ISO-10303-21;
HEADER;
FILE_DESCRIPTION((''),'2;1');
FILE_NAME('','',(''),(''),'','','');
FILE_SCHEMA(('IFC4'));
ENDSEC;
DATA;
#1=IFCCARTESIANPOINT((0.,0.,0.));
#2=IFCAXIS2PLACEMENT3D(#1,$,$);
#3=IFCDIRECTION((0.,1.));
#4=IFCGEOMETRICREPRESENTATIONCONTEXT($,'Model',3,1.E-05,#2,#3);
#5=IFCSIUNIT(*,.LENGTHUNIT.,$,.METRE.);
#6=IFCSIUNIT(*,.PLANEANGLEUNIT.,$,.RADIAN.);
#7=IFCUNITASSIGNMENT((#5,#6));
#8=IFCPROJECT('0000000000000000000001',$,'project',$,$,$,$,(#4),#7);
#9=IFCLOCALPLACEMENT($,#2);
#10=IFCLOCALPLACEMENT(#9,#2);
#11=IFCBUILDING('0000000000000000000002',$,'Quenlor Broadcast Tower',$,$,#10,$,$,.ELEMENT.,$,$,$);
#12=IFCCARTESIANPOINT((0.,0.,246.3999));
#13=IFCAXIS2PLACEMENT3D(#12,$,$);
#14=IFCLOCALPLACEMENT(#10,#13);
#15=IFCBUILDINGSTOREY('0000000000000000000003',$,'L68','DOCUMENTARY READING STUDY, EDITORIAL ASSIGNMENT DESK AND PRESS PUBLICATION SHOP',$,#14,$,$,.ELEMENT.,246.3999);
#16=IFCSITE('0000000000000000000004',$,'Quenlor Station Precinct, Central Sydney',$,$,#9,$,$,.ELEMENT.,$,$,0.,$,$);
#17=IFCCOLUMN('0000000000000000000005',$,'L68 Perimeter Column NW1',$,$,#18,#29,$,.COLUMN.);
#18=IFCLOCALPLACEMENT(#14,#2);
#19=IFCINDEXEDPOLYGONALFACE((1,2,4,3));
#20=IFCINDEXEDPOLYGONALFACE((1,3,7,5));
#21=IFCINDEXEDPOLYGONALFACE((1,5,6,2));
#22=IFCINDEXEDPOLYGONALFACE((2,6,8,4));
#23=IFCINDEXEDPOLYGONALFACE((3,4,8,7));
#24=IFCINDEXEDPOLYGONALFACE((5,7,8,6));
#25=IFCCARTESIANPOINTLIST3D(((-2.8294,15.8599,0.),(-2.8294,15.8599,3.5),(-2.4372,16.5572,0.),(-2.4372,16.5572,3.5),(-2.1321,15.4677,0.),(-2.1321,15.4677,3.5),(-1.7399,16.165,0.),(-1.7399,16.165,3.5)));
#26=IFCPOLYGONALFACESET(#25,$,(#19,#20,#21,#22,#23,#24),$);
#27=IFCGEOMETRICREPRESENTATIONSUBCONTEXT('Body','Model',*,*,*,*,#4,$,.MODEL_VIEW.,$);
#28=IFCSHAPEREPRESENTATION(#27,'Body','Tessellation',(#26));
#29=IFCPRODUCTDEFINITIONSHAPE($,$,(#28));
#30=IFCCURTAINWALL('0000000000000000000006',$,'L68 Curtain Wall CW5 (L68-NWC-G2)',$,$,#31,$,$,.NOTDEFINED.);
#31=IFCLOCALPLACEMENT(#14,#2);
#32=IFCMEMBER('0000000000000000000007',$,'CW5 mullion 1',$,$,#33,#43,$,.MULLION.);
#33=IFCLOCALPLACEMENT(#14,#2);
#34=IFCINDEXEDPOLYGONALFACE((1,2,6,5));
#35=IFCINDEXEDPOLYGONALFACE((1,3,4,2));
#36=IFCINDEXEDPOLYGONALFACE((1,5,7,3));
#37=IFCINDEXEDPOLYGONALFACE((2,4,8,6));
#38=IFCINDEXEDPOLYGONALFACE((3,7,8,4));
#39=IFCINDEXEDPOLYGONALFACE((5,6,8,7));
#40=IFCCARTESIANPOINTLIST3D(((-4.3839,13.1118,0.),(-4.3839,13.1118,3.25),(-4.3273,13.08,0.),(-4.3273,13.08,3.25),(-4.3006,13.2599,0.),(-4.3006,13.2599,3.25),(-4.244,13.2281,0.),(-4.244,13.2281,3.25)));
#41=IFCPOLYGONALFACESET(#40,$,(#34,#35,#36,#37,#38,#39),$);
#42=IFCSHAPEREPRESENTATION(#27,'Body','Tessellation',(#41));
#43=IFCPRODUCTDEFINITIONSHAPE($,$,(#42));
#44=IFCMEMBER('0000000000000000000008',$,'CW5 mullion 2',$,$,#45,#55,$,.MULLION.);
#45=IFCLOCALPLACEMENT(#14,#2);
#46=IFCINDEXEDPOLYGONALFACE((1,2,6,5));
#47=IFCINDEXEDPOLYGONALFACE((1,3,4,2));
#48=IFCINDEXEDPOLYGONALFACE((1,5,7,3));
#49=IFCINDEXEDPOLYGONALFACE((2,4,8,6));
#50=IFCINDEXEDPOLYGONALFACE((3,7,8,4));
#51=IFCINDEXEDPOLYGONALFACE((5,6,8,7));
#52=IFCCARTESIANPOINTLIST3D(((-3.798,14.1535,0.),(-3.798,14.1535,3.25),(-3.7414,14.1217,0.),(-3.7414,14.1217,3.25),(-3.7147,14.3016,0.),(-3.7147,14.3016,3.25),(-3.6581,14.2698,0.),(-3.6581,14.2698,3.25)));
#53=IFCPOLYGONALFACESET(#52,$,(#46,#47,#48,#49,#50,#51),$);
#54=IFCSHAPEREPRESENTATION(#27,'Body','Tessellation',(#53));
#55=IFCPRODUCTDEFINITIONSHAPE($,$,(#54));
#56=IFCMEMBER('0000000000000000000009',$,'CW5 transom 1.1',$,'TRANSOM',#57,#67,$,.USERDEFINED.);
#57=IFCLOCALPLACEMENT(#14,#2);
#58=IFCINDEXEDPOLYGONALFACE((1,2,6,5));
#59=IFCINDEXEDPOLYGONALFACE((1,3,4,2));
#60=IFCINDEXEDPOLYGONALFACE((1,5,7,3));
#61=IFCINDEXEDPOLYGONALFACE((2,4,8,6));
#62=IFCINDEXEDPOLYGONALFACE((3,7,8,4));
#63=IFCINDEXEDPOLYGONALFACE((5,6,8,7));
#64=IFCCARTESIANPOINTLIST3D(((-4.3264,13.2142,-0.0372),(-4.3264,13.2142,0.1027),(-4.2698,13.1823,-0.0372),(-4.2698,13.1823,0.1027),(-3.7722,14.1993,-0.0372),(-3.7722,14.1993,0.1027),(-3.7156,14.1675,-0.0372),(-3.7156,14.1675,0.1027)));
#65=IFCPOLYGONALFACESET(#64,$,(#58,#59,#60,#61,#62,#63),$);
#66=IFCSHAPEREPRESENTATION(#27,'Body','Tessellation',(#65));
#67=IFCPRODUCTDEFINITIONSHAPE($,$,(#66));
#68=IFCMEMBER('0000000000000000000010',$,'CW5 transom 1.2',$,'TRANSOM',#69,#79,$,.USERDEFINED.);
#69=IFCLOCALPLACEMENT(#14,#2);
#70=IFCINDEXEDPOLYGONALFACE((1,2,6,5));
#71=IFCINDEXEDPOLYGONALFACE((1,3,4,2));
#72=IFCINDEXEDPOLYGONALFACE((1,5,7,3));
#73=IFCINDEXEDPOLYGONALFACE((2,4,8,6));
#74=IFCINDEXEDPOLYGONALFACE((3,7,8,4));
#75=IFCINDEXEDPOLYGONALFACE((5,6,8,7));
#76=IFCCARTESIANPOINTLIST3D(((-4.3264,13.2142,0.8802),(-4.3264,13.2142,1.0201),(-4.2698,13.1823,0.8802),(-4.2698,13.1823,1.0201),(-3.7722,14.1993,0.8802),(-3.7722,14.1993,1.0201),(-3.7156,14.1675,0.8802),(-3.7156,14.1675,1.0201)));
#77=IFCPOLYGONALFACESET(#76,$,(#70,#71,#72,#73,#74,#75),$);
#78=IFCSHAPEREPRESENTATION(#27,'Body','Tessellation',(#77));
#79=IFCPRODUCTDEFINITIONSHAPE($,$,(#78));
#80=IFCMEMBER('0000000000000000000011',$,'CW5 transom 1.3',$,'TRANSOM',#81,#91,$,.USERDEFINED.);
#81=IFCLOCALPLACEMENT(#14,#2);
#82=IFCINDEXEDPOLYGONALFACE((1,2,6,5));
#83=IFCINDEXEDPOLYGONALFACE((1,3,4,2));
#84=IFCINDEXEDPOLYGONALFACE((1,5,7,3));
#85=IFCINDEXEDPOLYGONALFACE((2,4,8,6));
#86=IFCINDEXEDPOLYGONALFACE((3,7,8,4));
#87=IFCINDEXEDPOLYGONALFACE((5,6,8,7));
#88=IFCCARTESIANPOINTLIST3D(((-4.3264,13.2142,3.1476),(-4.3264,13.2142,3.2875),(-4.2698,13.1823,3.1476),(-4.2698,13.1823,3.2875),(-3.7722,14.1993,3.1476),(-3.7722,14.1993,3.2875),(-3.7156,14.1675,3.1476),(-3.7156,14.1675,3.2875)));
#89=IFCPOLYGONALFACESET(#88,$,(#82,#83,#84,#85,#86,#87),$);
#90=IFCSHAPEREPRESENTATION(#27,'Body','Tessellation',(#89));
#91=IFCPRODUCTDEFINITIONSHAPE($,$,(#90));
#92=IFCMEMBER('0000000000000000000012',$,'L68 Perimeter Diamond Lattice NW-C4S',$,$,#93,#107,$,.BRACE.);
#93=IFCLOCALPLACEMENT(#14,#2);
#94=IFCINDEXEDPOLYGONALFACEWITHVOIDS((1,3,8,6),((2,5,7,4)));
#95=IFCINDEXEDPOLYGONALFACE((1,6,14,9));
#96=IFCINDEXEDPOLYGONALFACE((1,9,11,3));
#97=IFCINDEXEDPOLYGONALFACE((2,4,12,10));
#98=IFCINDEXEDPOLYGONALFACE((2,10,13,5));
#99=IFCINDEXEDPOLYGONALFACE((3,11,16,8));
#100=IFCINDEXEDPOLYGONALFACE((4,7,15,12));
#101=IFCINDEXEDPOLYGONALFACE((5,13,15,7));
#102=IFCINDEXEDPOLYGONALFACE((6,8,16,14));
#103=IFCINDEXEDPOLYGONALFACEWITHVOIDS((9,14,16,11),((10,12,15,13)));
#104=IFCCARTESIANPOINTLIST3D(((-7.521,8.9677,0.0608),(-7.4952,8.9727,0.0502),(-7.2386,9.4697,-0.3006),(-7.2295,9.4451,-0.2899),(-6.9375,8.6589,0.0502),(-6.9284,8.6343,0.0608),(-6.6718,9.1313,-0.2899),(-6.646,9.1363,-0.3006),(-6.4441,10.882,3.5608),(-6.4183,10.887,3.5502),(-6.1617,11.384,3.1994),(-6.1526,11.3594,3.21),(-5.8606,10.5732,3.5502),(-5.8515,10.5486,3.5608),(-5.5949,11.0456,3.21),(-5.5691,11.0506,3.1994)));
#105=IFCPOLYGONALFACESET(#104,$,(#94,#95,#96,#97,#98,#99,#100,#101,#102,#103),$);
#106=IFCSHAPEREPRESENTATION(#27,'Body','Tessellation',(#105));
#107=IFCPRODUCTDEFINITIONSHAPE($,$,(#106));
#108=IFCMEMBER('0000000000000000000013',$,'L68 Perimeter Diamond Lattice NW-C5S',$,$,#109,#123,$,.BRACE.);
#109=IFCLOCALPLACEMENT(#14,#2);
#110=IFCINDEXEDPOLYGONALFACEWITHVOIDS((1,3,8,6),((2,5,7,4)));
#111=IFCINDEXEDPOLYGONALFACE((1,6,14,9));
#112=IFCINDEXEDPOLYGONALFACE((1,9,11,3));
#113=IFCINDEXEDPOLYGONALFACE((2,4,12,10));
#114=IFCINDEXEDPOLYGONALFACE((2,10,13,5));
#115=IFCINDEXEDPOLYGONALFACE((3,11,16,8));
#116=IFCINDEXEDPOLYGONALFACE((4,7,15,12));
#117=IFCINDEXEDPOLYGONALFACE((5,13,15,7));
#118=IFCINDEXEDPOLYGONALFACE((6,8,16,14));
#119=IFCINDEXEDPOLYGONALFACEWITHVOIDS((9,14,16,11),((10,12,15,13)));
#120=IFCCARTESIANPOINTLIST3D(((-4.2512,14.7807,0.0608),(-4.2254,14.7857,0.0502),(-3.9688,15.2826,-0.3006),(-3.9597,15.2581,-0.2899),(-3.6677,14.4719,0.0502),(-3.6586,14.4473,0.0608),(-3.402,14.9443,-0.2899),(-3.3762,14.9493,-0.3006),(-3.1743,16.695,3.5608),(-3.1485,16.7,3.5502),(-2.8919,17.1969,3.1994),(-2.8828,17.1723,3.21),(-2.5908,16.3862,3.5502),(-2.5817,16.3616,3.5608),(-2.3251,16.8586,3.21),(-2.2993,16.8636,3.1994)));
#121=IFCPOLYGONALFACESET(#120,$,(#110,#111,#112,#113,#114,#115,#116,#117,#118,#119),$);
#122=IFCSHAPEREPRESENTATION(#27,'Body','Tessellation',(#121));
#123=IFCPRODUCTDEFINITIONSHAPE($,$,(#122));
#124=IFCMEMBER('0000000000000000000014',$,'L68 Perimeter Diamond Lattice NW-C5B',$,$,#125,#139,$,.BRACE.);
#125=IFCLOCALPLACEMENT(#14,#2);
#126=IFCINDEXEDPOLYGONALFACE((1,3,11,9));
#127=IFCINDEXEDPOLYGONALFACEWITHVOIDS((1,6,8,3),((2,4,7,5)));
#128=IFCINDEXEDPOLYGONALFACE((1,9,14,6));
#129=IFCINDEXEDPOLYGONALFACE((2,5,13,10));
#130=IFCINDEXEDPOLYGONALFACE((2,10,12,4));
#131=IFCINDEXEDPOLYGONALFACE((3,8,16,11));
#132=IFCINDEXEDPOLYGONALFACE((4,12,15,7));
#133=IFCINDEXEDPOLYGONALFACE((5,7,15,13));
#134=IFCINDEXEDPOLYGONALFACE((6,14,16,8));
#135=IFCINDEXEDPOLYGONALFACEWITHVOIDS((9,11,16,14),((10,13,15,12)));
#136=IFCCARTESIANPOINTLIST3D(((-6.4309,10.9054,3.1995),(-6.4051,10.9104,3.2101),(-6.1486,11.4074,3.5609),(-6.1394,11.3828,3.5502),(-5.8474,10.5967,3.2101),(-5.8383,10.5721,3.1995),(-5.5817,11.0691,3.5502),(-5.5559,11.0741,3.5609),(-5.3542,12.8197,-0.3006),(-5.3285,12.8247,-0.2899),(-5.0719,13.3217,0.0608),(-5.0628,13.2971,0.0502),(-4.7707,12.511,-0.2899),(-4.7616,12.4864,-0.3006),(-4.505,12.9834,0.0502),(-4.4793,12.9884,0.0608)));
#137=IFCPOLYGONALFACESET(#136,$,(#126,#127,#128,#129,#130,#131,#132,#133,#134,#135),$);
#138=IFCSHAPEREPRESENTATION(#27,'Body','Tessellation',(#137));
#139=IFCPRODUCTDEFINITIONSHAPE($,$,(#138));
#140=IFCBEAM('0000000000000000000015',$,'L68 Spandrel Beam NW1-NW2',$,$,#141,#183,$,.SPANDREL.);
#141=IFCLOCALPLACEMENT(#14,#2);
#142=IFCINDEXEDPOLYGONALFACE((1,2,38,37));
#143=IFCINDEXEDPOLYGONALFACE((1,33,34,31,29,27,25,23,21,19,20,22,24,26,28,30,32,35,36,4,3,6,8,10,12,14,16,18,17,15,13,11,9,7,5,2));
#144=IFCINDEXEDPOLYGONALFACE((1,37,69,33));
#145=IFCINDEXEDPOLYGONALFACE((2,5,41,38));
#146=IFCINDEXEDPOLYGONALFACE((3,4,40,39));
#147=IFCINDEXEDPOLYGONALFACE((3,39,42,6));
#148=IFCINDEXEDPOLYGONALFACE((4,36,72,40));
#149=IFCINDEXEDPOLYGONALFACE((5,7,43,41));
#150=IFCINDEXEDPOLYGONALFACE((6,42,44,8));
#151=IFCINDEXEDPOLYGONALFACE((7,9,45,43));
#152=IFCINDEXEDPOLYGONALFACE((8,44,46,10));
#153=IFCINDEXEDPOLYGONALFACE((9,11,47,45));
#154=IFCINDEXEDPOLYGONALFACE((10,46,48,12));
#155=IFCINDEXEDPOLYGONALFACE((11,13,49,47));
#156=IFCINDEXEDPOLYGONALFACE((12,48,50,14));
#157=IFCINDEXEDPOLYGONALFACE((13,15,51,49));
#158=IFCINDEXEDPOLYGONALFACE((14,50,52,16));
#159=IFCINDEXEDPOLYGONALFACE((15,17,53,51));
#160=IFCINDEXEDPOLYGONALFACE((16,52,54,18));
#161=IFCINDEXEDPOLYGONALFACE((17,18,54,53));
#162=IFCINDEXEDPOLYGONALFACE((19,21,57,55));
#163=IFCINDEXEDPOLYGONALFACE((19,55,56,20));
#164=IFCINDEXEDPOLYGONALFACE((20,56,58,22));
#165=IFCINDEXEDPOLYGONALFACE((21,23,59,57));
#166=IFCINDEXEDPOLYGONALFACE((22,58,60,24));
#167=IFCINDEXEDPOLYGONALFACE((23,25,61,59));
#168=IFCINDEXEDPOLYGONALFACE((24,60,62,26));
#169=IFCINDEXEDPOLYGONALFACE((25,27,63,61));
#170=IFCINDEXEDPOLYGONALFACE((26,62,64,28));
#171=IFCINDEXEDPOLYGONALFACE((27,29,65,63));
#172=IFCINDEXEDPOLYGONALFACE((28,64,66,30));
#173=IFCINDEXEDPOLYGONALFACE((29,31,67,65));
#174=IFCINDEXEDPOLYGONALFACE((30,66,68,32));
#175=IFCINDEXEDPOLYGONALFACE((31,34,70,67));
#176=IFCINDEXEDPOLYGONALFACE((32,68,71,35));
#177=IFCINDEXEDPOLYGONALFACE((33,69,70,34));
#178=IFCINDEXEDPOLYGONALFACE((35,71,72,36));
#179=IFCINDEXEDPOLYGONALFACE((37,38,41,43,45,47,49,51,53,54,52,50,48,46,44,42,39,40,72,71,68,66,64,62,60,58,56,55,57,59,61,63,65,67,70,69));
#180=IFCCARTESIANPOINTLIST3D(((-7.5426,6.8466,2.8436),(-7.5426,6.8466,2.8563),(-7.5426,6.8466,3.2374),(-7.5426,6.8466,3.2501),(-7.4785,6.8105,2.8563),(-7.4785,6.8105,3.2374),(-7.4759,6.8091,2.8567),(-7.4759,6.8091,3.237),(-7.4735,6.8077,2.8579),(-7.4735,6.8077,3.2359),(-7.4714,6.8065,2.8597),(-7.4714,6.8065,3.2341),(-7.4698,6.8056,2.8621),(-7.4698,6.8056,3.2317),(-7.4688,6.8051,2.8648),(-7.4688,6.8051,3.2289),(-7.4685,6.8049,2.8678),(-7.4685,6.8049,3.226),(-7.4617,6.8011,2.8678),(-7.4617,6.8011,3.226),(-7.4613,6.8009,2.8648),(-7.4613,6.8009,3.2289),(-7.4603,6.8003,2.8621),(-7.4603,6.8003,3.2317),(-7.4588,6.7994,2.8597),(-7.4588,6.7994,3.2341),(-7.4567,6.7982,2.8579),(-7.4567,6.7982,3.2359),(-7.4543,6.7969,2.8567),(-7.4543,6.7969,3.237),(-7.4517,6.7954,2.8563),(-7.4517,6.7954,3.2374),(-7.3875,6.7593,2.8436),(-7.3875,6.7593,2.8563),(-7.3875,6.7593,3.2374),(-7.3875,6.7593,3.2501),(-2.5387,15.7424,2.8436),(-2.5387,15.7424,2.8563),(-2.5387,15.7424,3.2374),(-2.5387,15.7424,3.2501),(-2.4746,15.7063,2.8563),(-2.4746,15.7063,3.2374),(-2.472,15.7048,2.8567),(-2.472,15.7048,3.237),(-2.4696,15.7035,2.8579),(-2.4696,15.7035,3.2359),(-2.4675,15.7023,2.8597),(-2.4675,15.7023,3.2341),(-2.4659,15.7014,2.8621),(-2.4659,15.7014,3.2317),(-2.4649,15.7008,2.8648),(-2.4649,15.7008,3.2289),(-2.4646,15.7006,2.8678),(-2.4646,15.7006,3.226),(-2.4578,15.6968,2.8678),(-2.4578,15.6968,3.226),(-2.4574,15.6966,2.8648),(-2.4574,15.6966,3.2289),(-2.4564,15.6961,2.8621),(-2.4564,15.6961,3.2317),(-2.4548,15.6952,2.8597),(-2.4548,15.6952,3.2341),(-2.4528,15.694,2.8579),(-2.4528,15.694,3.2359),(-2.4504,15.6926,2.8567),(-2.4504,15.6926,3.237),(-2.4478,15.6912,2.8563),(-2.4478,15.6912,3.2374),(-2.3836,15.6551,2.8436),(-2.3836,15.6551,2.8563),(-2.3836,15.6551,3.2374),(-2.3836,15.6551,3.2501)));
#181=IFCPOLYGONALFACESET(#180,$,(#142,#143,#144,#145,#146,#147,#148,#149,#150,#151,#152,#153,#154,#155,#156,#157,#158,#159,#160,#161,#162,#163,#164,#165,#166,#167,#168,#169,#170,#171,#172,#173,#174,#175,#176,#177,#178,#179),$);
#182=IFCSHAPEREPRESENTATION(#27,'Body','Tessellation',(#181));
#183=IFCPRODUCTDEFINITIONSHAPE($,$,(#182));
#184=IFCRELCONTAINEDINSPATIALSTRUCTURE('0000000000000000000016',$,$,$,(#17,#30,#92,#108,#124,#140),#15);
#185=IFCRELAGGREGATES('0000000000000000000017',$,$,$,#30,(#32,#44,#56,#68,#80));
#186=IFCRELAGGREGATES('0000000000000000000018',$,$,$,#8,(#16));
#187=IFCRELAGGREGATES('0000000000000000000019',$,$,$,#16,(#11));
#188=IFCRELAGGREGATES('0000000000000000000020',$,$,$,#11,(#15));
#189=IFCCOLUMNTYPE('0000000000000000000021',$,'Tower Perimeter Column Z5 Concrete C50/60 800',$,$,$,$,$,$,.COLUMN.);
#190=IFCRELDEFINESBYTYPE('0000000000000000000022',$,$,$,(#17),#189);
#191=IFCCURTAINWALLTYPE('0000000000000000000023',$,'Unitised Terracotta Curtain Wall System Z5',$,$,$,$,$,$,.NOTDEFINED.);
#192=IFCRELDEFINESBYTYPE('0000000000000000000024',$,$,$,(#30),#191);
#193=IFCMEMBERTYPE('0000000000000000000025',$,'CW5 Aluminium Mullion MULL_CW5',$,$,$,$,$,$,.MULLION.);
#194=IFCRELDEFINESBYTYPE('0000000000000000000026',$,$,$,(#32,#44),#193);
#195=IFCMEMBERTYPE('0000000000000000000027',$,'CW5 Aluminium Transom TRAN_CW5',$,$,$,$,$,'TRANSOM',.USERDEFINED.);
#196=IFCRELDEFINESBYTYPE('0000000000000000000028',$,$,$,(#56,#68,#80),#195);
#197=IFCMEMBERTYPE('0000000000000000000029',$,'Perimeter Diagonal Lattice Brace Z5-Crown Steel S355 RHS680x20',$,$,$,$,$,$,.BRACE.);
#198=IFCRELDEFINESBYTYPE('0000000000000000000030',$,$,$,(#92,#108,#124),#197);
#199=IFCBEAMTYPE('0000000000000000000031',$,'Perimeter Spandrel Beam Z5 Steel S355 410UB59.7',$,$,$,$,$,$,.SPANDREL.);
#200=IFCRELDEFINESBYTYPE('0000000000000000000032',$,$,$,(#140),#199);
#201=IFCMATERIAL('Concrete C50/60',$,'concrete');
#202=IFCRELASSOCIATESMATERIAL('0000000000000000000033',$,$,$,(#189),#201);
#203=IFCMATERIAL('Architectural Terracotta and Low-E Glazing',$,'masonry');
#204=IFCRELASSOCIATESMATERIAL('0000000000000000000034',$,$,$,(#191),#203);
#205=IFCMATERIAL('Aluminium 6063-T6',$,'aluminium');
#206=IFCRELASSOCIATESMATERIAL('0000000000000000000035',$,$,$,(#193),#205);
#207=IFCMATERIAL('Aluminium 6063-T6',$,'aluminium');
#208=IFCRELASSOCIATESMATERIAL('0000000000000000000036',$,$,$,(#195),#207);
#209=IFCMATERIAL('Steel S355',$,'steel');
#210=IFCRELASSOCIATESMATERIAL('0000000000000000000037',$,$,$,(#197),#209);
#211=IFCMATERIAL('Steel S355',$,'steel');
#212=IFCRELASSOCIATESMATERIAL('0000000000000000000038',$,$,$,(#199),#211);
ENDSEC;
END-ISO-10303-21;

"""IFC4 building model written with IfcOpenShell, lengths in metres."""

from ifc_helpers import new_model, si_unit, direction, frame, origin, origin_2d, place, context, subcontext, project, spatial, rectangle, hollow_rectangle, i_section, extrude, material, material_profile, profile_set, type_object, element, aggregate, save


model = new_model("IFC4")

# Units and contexts
model_context = context("Model", 3, precision=1e-05, world=origin(), true_north=direction((0.0, 1.0)))
body_context = subcontext(model_context, "Body", "Model", "MODEL_VIEW")
ifc_project = project(units=[si_unit("LENGTHUNIT", "METRE"), si_unit("PLANEANGLEUNIT", "RADIAN")], contexts=[model_context])

# Site, building, storey
site_placement = place(None, origin())
site = spatial("IfcSite", under=ifc_project, at=site_placement, Name="Quenlor Station Precinct, Central Sydney", CompositionType="ELEMENT", RefElevation=0.0)
building_placement = place(site_placement, origin())
building = spatial("IfcBuilding", under=site, at=building_placement, Name="Quenlor Broadcast Tower", CompositionType="ELEMENT")
storey_placement = place(building_placement, frame((0.0, 0.0, 246.3999)))
storey = spatial("IfcBuildingStorey", under=building, at=storey_placement, Name="L68", Description="DOCUMENTARY READING STUDY, EDITORIAL ASSIGNMENT DESK AND PRESS PUBLICATION SHOP", CompositionType="ELEMENT", Elevation=246.3999)

# Column
ifc_material_1 = material(Name="Concrete C50/60", Category="concrete")
ifc_material_profile_1 = material_profile(ifc_material_1, rectangle(XDim=0.8, YDim=0.8, at=origin_2d()))
ifc_profile_set_1 = profile_set([ifc_material_profile_1], Name="Concrete C50/60 RC800x800")
column_type = type_object("IfcColumnType", Name="Tower Perimeter Column Z5 Concrete C50/60 800", PredefinedType="COLUMN", material=ifc_profile_set_1)
column_placement = place(storey_placement, frame((-2.2847, 16.0125, 0.0), z_axis=(0.0, 0.0, 1.0), x_axis=(-0.871575, 0.490262, 0.0)))
element("IfcColumn", 1, at=column_placement, inside=storey, type_object=column_type, Name="L68 Perimeter Column NW1", PredefinedType="COLUMN", context=body_context, shape_type="SweptSolid", body=[
    extrude(rectangle(XDim=0.8, YDim=0.8, at=origin_2d()), origin(), (0.0, 0.0, 1.0), 3.5),
])

# Curtain wall, members
ifc_material_2 = material(Name="Architectural Terracotta and Low-E Glazing", Category="masonry")
curtain_wall_type = type_object("IfcCurtainWallType", Name="Unitised Terracotta Curtain Wall System Z5", PredefinedType="NOTDEFINED", material=ifc_material_2)
curtain_wall_placement = place(storey_placement, origin())
curtain_wall = element("IfcCurtainWall", 2, at=curtain_wall_placement, inside=storey, type_object=curtain_wall_type, Name="L68 Curtain Wall CW5 (L68-NWC-G2)", PredefinedType="NOTDEFINED")
ifc_material_3 = material(Name="Aluminium 6063-T6", Category="aluminium")
ifc_material_profile_2 = material_profile(ifc_material_3, rectangle(XDim=0.0649, YDim=0.1699, at=origin_2d()))
ifc_profile_set_2 = profile_set([ifc_material_profile_2], Name="Aluminium 6063-T6 MULL65x170")
member_type_1 = type_object("IfcMemberType", Name="CW5 Aluminium Mullion MULL_CW5", PredefinedType="MULLION", material=ifc_profile_set_2)
member_1_placement = place(storey_placement, frame((-4.314, 13.1699, 0.0), z_axis=(0.0, 0.0, 1.0), x_axis=(-0.871559, 0.490291, 0.0)))
member_1 = element("IfcMember", 3, at=member_1_placement, type_object=member_type_1, Name="CW5 mullion 1", PredefinedType="MULLION", context=body_context, shape_type="SweptSolid", body=[
    extrude(rectangle(XDim=0.0649, YDim=0.1699, at=origin_2d()), origin(), (0.0, 0.0, 1.0), 3.25),
])
member_2_placement = place(storey_placement, frame((-3.728, 14.2117, 0.0), z_axis=(0.0, 0.0, 1.0), x_axis=(-0.871559, 0.490291, 0.0)))
member_2 = element("IfcMember", 4, at=member_2_placement, type_object=member_type_1, Name="CW5 mullion 2", PredefinedType="MULLION", context=body_context, shape_type="SweptSolid", body=[
    extrude(rectangle(XDim=0.0649, YDim=0.1699, at=origin_2d()), origin(), (0.0, 0.0, 1.0), 3.25),
])
ifc_material_4 = material(Name="Aluminium 6063-T6", Category="aluminium")
ifc_material_profile_3 = material_profile(ifc_material_4, rectangle(XDim=0.0649, YDim=0.1399, at=origin_2d()))
ifc_profile_set_3 = profile_set([ifc_material_profile_3], Name="Aluminium 6063-T6 TRAN65x140")
member_type_2 = type_object("IfcMemberType", Name="CW5 Aluminium Transom TRAN_CW5", ElementType="TRANSOM", PredefinedType="USERDEFINED", material=ifc_profile_set_3)
member_3_placement = place(storey_placement, frame((-4.2981, 13.1982, 0.0327), z_axis=(0.490313, 0.871547, 0.0), x_axis=(-0.871547, 0.490313, 0.0)))
member_3 = element("IfcMember", 5, at=member_3_placement, type_object=member_type_2, Name="CW5 transom 1.1", ObjectType="TRANSOM", PredefinedType="USERDEFINED", context=body_context, shape_type="SweptSolid", body=[
    extrude(rectangle(XDim=0.0649, YDim=0.1399, at=origin_2d()), origin(), (0.0, 0.0, 1.0), 1.1304),
])
member_4_placement = place(storey_placement, frame((-4.2981, 13.1982, 0.9502), z_axis=(0.490313, 0.871547, 0.0), x_axis=(-0.871547, 0.490313, 0.0)))
member_4 = element("IfcMember", 6, at=member_4_placement, type_object=member_type_2, Name="CW5 transom 1.2", ObjectType="TRANSOM", PredefinedType="USERDEFINED", context=body_context, shape_type="SweptSolid", body=[
    extrude(rectangle(XDim=0.0649, YDim=0.1399, at=origin_2d()), origin(), (0.0, 0.0, 1.0), 1.1304),
])
member_5_placement = place(storey_placement, frame((-4.2981, 13.1982, 3.2175), z_axis=(0.490313, 0.871547, 0.0), x_axis=(-0.871547, 0.490313, 0.0)))
member_5 = element("IfcMember", 7, at=member_5_placement, type_object=member_type_2, Name="CW5 transom 1.3", ObjectType="TRANSOM", PredefinedType="USERDEFINED", context=body_context, shape_type="SweptSolid", body=[
    extrude(rectangle(XDim=0.0649, YDim=0.1399, at=origin_2d()), origin(), (0.0, 0.0, 1.0), 1.1304),
])

# Members
ifc_material_5 = material(Name="Steel S355", Category="steel")
ifc_material_profile_4 = material_profile(ifc_material_5, hollow_rectangle(XDim=0.6799, YDim=0.6799, WallThickness=0.02, at=origin_2d()))
ifc_profile_set_4 = profile_set([ifc_material_profile_4], Name="Steel S355 RHS680x680x20")
member_type_3 = type_object("IfcMemberType", Name="Perimeter Diagonal Lattice Brace Z5-Crown Steel S355 RHS680x20", PredefinedType="BRACE", material=ifc_profile_set_4)
for number, where, z_axis, x_axis, name in (
    (8, (-7.0835, 9.052, -0.1199), (0.260619, 0.463276, 0.847026), (-0.871555, 0.490298, 0.0), "L68 Perimeter Diamond Lattice NW-C4S"),
    (9, (-3.8137, 14.865, -0.1199), (0.260619, 0.463276, 0.847026), (-0.871555, 0.490298, 0.0), "L68 Perimeter Diamond Lattice NW-C5S"),
    (10, (-4.9167, 12.9041, -0.1199), (-0.260564, -0.463283, 0.847039), (0.871602, -0.490214, 0.0), "L68 Perimeter Diamond Lattice NW-C5B"),
):
    element("IfcMember", number, at=place(storey_placement, frame(where, z_axis=z_axis, x_axis=x_axis)), inside=storey, type_object=member_type_3, Name=name, PredefinedType="BRACE", context=body_context, shape_type="SweptSolid", body=[
        extrude(hollow_rectangle(XDim=0.6799, YDim=0.6799, WallThickness=0.02, at=origin_2d()), origin(), (0.0, 0.0, 1.0), 4.1321),
    ])

# Beam
ifc_material_6 = material(Name="Steel S355", Category="steel")
ifc_material_profile_5 = material_profile(ifc_material_6, i_section(OverallWidth=0.178, OverallDepth=0.4065, WebThickness=0.0078, FlangeThickness=0.0127, FilletRadius=0.0115, at=origin_2d()))
ifc_profile_set_5 = profile_set([ifc_material_profile_5], Name="Steel S355 410UB59.7")
beam_type_1 = type_object("IfcBeamType", Name="Perimeter Spandrel Beam Z5 Steel S355 410UB59.7", PredefinedType="SPANDREL", material=ifc_profile_set_5)
beam_1_placement = place(storey_placement, frame((-2.4612, 15.6987, 3.0469), z_axis=(-0.490265, -0.871574, 0.0), x_axis=(0.871574, -0.490265, 0.0)))
element("IfcBeam", 11, at=beam_1_placement, inside=storey, type_object=beam_type_1, Name="L68 Spandrel Beam NW1-NW2", PredefinedType="SPANDREL", context=body_context, shape_type="SweptSolid", body=[
    extrude(i_section(OverallWidth=0.178, OverallDepth=0.4065, WebThickness=0.0078, FlangeThickness=0.0127, FilletRadius=0.0115, at=origin_2d()), origin(), (0.0, 0.0, 1.0), 10.2065),
])

aggregate(curtain_wall, [member_1, member_2, member_3, member_4, member_5])

save(model, "model.ifc")
